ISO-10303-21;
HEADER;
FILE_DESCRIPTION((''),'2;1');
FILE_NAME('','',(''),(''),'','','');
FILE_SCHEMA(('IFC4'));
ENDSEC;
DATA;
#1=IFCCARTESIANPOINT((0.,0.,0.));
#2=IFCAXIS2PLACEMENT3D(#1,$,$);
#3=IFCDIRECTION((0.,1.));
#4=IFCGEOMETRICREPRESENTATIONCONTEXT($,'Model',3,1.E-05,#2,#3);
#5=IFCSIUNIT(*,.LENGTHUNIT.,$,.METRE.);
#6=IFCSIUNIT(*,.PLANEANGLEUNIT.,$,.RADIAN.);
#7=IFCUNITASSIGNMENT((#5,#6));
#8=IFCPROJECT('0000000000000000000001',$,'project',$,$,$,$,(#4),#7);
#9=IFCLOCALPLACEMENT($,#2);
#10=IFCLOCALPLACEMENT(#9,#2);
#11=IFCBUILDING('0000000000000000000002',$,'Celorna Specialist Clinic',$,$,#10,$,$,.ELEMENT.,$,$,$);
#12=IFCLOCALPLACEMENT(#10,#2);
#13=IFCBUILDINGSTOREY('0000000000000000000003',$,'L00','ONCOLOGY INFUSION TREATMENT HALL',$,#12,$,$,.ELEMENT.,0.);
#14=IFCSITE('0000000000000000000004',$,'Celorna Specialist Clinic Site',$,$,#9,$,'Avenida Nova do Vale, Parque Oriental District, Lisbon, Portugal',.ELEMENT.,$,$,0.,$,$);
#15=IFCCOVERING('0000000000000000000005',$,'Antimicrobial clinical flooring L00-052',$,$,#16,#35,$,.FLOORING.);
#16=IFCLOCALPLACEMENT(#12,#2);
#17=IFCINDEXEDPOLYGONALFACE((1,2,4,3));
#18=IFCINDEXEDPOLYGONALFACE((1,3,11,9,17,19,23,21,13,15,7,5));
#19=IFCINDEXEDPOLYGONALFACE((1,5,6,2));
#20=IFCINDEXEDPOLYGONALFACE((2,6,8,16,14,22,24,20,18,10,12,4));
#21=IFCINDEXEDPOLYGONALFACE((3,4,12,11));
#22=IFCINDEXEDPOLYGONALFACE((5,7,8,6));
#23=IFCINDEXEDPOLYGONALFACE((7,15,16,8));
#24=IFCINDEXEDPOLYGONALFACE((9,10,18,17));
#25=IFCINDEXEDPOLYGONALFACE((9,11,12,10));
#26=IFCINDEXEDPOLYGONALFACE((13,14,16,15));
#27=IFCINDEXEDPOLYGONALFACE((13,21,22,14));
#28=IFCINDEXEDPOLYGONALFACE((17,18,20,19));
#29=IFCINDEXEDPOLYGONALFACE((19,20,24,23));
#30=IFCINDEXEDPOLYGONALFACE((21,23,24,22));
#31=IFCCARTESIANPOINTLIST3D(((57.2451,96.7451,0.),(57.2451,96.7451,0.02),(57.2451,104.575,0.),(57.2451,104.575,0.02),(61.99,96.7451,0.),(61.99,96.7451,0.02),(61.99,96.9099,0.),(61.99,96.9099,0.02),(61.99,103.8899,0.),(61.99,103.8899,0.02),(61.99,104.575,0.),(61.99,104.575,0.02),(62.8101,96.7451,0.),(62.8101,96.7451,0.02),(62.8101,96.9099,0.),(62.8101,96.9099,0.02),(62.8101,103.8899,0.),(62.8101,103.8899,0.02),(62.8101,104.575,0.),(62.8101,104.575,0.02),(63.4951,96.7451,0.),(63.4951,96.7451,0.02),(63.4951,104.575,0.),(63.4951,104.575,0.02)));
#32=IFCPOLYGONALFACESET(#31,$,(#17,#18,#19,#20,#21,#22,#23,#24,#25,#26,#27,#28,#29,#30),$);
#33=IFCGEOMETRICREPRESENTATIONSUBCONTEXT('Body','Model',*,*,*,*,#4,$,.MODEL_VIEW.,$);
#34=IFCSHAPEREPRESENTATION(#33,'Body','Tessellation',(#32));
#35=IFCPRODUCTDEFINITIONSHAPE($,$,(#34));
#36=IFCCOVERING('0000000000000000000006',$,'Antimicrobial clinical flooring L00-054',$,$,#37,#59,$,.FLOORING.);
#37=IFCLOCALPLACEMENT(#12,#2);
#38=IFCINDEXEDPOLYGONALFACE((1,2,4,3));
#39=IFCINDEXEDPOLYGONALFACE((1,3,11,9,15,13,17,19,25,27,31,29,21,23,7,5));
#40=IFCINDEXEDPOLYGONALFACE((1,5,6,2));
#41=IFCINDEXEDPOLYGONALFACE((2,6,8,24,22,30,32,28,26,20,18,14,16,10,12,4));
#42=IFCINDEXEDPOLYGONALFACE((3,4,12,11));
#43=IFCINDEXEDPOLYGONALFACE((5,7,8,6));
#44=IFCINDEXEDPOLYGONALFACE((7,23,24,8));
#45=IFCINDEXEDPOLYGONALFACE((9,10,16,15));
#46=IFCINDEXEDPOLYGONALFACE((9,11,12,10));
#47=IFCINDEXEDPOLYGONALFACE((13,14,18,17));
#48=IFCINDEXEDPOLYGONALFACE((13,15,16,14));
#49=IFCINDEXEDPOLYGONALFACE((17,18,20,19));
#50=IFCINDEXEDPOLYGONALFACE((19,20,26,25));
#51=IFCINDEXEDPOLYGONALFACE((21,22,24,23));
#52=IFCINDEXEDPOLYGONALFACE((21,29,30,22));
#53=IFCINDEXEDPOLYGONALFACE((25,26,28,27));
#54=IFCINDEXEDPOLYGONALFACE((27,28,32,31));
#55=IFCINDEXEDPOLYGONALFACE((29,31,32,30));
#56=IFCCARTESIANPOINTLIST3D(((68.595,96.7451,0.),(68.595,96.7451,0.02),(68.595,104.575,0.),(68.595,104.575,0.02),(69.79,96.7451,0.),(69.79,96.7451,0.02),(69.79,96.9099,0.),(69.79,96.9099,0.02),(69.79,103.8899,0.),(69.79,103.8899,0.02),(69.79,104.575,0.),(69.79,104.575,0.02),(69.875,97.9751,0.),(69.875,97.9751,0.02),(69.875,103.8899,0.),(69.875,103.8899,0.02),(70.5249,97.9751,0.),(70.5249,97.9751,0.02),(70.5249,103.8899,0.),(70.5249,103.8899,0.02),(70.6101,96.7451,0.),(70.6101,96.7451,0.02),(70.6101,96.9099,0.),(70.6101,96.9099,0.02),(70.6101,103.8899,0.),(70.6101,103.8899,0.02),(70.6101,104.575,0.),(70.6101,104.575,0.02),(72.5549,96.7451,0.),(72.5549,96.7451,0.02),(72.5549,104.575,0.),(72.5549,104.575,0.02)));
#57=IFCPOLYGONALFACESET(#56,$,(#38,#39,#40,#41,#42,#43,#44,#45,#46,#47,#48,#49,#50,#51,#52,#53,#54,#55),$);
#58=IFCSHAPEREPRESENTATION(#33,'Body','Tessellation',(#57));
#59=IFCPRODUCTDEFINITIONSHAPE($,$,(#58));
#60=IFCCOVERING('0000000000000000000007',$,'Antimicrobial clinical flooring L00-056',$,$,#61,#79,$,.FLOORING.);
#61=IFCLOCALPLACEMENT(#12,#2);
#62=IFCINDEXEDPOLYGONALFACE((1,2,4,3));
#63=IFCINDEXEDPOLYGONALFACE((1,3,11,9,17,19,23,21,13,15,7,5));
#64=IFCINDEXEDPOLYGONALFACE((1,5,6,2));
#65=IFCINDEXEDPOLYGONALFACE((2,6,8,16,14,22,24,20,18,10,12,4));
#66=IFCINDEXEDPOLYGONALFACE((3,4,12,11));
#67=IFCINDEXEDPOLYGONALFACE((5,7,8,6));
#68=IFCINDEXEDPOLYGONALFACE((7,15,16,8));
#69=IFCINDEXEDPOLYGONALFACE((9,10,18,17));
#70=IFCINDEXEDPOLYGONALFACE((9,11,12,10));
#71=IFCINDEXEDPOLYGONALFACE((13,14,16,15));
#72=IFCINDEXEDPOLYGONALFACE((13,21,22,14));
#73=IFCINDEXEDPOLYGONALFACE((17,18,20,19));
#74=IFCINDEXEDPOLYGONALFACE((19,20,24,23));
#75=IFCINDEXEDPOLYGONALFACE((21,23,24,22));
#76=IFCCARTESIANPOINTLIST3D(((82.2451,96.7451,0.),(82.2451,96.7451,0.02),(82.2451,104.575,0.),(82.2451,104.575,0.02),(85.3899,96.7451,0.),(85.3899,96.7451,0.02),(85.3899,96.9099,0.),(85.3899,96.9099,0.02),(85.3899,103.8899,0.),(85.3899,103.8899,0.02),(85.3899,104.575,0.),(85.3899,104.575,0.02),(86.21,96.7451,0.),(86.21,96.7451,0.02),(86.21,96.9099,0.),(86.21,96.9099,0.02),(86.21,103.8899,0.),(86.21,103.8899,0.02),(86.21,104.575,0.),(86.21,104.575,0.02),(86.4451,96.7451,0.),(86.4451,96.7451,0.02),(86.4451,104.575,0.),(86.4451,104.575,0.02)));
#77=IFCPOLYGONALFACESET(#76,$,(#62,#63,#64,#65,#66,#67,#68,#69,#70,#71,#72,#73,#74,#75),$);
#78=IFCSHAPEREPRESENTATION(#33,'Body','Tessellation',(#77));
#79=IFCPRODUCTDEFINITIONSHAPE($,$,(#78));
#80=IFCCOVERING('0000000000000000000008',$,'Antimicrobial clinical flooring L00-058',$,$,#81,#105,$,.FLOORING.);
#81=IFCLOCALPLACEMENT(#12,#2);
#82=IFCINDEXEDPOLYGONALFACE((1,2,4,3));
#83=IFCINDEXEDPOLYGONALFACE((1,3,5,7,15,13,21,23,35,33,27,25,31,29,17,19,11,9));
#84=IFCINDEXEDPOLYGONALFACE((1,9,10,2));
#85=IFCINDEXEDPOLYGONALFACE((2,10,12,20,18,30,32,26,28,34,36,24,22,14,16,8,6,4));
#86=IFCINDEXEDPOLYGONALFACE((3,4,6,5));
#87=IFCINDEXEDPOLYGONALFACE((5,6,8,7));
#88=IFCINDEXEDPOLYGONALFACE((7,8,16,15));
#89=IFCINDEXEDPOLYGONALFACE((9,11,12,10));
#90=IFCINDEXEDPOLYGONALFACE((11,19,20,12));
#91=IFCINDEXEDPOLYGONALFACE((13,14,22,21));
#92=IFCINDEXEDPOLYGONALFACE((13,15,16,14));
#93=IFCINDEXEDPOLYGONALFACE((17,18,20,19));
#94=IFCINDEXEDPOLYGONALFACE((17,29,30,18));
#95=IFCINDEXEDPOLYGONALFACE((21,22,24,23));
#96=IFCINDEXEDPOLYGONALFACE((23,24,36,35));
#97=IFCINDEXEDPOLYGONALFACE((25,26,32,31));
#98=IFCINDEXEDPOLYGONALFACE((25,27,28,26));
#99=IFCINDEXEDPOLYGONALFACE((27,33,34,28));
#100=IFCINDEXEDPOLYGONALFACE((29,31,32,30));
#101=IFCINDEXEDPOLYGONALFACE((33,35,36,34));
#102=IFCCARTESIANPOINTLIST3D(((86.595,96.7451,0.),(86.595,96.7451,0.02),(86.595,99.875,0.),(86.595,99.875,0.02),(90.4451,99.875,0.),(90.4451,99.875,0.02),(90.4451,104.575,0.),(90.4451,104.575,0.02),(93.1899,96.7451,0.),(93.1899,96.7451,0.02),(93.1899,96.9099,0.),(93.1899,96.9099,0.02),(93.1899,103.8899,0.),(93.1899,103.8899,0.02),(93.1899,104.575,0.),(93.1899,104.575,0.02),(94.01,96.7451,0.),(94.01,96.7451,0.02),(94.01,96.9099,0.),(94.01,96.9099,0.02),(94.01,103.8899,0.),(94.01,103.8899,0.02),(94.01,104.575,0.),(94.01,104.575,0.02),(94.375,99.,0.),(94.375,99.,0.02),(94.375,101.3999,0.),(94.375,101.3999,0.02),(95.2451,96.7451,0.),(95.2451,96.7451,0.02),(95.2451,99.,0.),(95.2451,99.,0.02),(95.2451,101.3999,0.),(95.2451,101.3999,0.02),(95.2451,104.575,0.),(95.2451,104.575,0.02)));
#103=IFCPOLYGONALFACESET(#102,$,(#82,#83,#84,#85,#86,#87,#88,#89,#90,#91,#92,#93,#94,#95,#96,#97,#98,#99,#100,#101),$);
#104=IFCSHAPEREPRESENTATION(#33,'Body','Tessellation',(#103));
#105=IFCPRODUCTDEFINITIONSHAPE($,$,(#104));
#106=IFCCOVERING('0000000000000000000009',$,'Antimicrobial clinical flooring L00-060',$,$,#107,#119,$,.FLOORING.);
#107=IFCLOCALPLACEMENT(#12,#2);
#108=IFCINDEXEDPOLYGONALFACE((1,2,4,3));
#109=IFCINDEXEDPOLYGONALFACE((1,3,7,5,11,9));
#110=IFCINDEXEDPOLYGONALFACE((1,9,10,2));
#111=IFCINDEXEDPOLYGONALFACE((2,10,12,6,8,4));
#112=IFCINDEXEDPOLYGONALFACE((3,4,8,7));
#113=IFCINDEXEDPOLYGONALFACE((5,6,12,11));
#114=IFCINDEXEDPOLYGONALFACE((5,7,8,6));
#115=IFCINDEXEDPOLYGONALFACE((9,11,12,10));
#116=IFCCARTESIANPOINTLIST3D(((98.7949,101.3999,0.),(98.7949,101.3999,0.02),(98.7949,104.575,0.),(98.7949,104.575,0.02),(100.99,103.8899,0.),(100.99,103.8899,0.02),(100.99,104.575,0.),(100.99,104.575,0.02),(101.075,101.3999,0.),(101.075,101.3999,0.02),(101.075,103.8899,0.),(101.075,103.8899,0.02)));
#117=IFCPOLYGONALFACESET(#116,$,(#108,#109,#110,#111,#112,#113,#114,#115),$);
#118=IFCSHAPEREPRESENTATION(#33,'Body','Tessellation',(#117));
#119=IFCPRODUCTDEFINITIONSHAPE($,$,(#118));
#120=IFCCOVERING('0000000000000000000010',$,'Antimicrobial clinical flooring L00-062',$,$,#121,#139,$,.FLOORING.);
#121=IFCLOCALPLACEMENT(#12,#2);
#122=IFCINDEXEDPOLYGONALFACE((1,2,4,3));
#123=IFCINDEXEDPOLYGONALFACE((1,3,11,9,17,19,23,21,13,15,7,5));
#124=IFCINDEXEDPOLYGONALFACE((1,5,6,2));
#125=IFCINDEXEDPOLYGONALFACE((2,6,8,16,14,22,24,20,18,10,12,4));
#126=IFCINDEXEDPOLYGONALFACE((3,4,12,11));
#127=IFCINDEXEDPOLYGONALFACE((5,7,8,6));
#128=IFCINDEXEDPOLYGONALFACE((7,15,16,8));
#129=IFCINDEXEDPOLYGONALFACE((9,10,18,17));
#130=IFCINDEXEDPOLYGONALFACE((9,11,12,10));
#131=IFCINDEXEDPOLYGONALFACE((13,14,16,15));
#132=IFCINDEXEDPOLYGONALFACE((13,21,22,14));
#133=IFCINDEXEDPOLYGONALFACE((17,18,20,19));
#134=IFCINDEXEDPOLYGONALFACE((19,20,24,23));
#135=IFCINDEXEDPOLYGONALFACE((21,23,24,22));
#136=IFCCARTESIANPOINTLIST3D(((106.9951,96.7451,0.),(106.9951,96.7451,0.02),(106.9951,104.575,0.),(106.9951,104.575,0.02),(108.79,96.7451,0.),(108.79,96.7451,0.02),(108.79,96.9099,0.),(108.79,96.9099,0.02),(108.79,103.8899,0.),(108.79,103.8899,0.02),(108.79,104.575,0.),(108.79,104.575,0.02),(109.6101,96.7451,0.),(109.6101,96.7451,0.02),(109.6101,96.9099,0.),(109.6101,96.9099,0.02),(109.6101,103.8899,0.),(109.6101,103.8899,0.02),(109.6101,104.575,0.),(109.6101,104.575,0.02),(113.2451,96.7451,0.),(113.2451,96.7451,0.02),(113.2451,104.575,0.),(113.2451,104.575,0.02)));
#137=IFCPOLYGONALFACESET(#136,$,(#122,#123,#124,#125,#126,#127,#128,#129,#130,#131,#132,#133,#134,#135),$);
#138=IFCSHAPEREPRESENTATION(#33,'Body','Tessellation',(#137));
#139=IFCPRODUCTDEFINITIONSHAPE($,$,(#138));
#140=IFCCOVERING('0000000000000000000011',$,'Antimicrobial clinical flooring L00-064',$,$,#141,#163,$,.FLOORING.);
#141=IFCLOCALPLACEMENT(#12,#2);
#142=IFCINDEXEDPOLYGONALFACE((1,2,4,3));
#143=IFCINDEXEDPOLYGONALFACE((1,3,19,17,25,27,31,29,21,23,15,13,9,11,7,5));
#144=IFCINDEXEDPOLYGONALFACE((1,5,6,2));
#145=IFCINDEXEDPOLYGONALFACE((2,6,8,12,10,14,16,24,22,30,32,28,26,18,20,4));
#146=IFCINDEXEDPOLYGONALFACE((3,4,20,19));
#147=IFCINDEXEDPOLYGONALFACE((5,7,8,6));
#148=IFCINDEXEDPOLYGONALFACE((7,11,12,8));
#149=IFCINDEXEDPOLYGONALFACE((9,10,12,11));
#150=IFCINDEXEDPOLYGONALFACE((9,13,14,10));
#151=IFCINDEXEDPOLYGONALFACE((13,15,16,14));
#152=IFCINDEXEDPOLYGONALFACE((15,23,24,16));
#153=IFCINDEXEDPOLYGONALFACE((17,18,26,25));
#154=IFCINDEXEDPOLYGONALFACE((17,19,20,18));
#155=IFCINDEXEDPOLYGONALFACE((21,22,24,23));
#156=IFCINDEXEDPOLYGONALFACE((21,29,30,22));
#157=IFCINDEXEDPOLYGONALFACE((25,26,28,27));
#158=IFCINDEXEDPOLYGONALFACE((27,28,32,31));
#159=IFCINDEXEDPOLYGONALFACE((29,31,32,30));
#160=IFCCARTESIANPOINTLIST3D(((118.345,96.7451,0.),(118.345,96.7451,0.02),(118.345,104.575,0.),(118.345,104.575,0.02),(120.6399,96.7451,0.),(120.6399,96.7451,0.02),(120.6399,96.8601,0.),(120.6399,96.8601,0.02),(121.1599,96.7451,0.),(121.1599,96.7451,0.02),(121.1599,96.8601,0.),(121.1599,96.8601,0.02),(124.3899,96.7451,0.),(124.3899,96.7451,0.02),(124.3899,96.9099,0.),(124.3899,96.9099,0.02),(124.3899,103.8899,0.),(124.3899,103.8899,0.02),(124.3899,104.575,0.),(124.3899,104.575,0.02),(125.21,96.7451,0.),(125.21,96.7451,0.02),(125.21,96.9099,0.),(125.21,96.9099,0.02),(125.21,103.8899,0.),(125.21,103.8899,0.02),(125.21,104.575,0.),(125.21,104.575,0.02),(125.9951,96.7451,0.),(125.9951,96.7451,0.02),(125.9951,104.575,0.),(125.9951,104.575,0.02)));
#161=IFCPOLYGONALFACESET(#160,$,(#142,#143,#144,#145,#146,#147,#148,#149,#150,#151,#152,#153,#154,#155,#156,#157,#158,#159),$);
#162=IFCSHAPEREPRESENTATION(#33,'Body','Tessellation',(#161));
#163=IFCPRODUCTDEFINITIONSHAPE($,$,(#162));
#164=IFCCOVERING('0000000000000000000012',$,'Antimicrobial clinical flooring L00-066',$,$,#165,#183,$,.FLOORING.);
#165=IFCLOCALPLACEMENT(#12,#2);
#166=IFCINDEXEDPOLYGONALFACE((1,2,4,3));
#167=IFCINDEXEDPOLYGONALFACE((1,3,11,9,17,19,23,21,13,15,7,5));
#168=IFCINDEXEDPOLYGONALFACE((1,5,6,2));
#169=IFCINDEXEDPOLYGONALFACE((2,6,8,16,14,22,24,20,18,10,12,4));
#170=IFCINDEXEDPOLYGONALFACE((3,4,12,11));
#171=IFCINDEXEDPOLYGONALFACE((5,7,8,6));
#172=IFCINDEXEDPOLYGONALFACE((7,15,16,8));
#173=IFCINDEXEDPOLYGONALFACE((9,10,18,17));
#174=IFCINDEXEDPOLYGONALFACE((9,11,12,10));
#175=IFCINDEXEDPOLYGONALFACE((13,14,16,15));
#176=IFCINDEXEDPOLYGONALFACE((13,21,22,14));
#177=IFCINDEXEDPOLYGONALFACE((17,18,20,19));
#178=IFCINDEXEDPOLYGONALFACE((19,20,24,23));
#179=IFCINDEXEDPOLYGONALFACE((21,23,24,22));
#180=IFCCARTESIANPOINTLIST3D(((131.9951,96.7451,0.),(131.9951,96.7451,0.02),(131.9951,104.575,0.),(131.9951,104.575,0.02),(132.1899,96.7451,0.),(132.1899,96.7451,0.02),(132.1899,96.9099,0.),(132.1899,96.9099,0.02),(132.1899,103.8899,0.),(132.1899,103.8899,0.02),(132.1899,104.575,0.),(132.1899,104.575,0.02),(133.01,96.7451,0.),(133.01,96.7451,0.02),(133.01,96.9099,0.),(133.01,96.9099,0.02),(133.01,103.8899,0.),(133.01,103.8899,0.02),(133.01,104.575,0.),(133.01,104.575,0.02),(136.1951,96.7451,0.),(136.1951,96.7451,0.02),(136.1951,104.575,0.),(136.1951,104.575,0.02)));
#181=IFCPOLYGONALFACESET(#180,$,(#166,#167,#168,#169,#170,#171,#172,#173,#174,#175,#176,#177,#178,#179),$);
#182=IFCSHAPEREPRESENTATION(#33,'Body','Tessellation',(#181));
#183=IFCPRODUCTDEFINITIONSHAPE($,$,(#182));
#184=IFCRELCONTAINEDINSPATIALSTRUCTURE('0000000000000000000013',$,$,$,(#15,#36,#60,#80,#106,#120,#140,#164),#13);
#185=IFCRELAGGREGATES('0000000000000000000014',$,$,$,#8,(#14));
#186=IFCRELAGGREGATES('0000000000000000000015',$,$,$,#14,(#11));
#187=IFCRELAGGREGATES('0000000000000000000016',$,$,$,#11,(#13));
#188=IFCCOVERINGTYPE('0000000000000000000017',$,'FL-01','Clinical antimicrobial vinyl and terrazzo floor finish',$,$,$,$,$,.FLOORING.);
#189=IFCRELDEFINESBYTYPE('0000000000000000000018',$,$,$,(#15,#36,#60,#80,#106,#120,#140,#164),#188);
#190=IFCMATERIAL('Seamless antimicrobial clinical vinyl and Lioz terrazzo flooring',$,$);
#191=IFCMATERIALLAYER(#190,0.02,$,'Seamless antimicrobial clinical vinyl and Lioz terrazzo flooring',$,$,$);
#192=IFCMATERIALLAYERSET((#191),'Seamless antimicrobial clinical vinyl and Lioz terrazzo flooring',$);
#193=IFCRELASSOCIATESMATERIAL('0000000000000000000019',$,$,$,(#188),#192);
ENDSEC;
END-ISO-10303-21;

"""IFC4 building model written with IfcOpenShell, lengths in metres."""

from ifc_helpers import new_model, si_unit, direction, origin, place, context, subcontext, project, spatial, polyline, outline, extrude, material, layer, layer_set, type_object, element, save


model = new_model("IFC4")

# Units and contexts
model_context = context("Model", 3, precision=1e-05, world=origin(), true_north=direction((0.0, 1.0)))
body_context = subcontext(model_context, "Body", "Model", "MODEL_VIEW")
ifc_project = project(units=[si_unit("LENGTHUNIT", "METRE"), si_unit("PLANEANGLEUNIT", "RADIAN")], contexts=[model_context])

# Site, building, storey
site_placement = place(None, origin())
site = spatial("IfcSite", under=ifc_project, at=site_placement, Name="Celorna Specialist Clinic Site", LongName="Avenida Nova do Vale, Parque Oriental District, Lisbon, Portugal", CompositionType="ELEMENT", RefElevation=0.0)
building_placement = place(site_placement, origin())
building = spatial("IfcBuilding", under=site, at=building_placement, Name="Celorna Specialist Clinic", CompositionType="ELEMENT")
storey_placement = place(building_placement, origin())
storey = spatial("IfcBuildingStorey", under=building, at=storey_placement, Name="L00", Description="ONCOLOGY INFUSION TREATMENT HALL", CompositionType="ELEMENT", Elevation=0.0)

# Coverings
ifc_material_1 = material(Name="Seamless antimicrobial clinical vinyl and Lioz terrazzo flooring")
ifc_layer_1 = layer(ifc_material_1, 0.02, Name="Seamless antimicrobial clinical vinyl and Lioz terrazzo flooring")
ifc_layer_set_1 = layer_set([ifc_layer_1], Name="Seamless antimicrobial clinical vinyl and Lioz terrazzo flooring")
covering_type_1 = type_object("IfcCoveringType", Name="FL-01", Description="Clinical antimicrobial vinyl and terrazzo floor finish", PredefinedType="FLOORING", material=ifc_layer_set_1)
covering_1_placement = place(storey_placement, origin())
element("IfcCovering", 1, at=covering_1_placement, inside=storey, type_object=covering_type_1, Name="Antimicrobial clinical flooring L00-052", PredefinedType="FLOORING", context=body_context, shape_type="SweptSolid", body=[
    extrude(outline(polyline([(57.2451, 104.575), (61.99, 104.575), (61.99, 103.8899), (62.8101, 103.8899), (62.8101, 104.575), (63.4951, 104.575), (63.4951, 96.7451), (62.8101, 96.7451), (62.8101, 96.9099), (61.99, 96.9099), (61.99, 96.7451), (57.2451, 96.7451), (57.2451, 104.575)])), origin(), (0.0, 0.0, 1.0), 0.02),
])
covering_2_placement = place(storey_placement, origin())
element("IfcCovering", 2, at=covering_2_placement, inside=storey, type_object=covering_type_1, Name="Antimicrobial clinical flooring L00-054", PredefinedType="FLOORING", context=body_context, shape_type="SweptSolid", body=[
    extrude(outline(polyline([(68.595, 104.575), (69.79, 104.575), (69.79, 103.8899), (69.875, 103.8899), (69.875, 97.9751), (70.5249, 97.9751), (70.5249, 103.8899), (70.6101, 103.8899), (70.6101, 104.575), (72.5549, 104.575), (72.5549, 96.7451), (70.6101, 96.7451), (70.6101, 96.9099), (69.79, 96.9099), (69.79, 96.7451), (68.595, 96.7451), (68.595, 104.575)])), origin(), (0.0, 0.0, 1.0), 0.02),
])
covering_3_placement = place(storey_placement, origin())
element("IfcCovering", 3, at=covering_3_placement, inside=storey, type_object=covering_type_1, Name="Antimicrobial clinical flooring L00-056", PredefinedType="FLOORING", context=body_context, shape_type="SweptSolid", body=[
    extrude(outline(polyline([(82.2451, 104.575), (85.3899, 104.575), (85.3899, 103.8899), (86.21, 103.8899), (86.21, 104.575), (86.4451, 104.575), (86.4451, 96.7451), (86.21, 96.7451), (86.21, 96.9099), (85.3899, 96.9099), (85.3899, 96.7451), (82.2451, 96.7451), (82.2451, 104.575)])), origin(), (0.0, 0.0, 1.0), 0.02),
])
covering_4_placement = place(storey_placement, origin())
element("IfcCovering", 4, at=covering_4_placement, inside=storey, type_object=covering_type_1, Name="Antimicrobial clinical flooring L00-058", PredefinedType="FLOORING", context=body_context, shape_type="SweptSolid", body=[
    extrude(outline(polyline([(90.4451, 99.875), (90.4451, 104.575), (93.1899, 104.575), (93.1899, 103.8899), (94.01, 103.8899), (94.01, 104.575), (95.2451, 104.575), (95.2451, 101.3999), (94.375, 101.3999), (94.375, 99.0), (95.2451, 99.0), (95.2451, 96.7451), (94.01, 96.7451), (94.01, 96.9099), (93.1899, 96.9099), (93.1899, 96.7451), (86.595, 96.7451), (86.595, 99.875), (90.4451, 99.875)])), origin(), (0.0, 0.0, 1.0), 0.02),
])
covering_5_placement = place(storey_placement, origin())
element("IfcCovering", 5, at=covering_5_placement, inside=storey, type_object=covering_type_1, Name="Antimicrobial clinical flooring L00-060", PredefinedType="FLOORING", context=body_context, shape_type="SweptSolid", body=[
    extrude(outline(polyline([(100.99, 104.575), (100.99, 103.8899), (101.075, 103.8899), (101.075, 101.3999), (98.7949, 101.3999), (98.7949, 104.575), (100.99, 104.575)])), origin(), (0.0, 0.0, 1.0), 0.02),
])
covering_6_placement = place(storey_placement, origin())
element("IfcCovering", 6, at=covering_6_placement, inside=storey, type_object=covering_type_1, Name="Antimicrobial clinical flooring L00-062", PredefinedType="FLOORING", context=body_context, shape_type="SweptSolid", body=[
    extrude(outline(polyline([(106.9951, 104.575), (108.79, 104.575), (108.79, 103.8899), (109.6101, 103.8899), (109.6101, 104.575), (113.2451, 104.575), (113.2451, 96.7451), (109.6101, 96.7451), (109.6101, 96.9099), (108.79, 96.9099), (108.79, 96.7451), (106.9951, 96.7451), (106.9951, 104.575)])), origin(), (0.0, 0.0, 1.0), 0.02),
])
covering_7_placement = place(storey_placement, origin())
element("IfcCovering", 7, at=covering_7_placement, inside=storey, type_object=covering_type_1, Name="Antimicrobial clinical flooring L00-064", PredefinedType="FLOORING", context=body_context, shape_type="SweptSolid", body=[
    extrude(outline(polyline([(118.345, 104.575), (124.3899, 104.575), (124.3899, 103.8899), (125.21, 103.8899), (125.21, 104.575), (125.9951, 104.575), (125.9951, 96.7451), (125.21, 96.7451), (125.21, 96.9099), (124.3899, 96.9099), (124.3899, 96.7451), (121.1599, 96.7451), (121.1599, 96.8601), (120.6399, 96.8601), (120.6399, 96.7451), (118.345, 96.7451), (118.345, 104.575)])), origin(), (0.0, 0.0, 1.0), 0.02),
])
covering_8_placement = place(storey_placement, origin())
element("IfcCovering", 8, at=covering_8_placement, inside=storey, type_object=covering_type_1, Name="Antimicrobial clinical flooring L00-066", PredefinedType="FLOORING", context=body_context, shape_type="SweptSolid", body=[
    extrude(outline(polyline([(131.9951, 104.575), (132.1899, 104.575), (132.1899, 103.8899), (133.01, 103.8899), (133.01, 104.575), (136.1951, 104.575), (136.1951, 96.7451), (133.01, 96.7451), (133.01, 96.9099), (132.1899, 96.9099), (132.1899, 96.7451), (131.9951, 96.7451), (131.9951, 104.575)])), origin(), (0.0, 0.0, 1.0), 0.02),
])

save(model, "model.ifc")
